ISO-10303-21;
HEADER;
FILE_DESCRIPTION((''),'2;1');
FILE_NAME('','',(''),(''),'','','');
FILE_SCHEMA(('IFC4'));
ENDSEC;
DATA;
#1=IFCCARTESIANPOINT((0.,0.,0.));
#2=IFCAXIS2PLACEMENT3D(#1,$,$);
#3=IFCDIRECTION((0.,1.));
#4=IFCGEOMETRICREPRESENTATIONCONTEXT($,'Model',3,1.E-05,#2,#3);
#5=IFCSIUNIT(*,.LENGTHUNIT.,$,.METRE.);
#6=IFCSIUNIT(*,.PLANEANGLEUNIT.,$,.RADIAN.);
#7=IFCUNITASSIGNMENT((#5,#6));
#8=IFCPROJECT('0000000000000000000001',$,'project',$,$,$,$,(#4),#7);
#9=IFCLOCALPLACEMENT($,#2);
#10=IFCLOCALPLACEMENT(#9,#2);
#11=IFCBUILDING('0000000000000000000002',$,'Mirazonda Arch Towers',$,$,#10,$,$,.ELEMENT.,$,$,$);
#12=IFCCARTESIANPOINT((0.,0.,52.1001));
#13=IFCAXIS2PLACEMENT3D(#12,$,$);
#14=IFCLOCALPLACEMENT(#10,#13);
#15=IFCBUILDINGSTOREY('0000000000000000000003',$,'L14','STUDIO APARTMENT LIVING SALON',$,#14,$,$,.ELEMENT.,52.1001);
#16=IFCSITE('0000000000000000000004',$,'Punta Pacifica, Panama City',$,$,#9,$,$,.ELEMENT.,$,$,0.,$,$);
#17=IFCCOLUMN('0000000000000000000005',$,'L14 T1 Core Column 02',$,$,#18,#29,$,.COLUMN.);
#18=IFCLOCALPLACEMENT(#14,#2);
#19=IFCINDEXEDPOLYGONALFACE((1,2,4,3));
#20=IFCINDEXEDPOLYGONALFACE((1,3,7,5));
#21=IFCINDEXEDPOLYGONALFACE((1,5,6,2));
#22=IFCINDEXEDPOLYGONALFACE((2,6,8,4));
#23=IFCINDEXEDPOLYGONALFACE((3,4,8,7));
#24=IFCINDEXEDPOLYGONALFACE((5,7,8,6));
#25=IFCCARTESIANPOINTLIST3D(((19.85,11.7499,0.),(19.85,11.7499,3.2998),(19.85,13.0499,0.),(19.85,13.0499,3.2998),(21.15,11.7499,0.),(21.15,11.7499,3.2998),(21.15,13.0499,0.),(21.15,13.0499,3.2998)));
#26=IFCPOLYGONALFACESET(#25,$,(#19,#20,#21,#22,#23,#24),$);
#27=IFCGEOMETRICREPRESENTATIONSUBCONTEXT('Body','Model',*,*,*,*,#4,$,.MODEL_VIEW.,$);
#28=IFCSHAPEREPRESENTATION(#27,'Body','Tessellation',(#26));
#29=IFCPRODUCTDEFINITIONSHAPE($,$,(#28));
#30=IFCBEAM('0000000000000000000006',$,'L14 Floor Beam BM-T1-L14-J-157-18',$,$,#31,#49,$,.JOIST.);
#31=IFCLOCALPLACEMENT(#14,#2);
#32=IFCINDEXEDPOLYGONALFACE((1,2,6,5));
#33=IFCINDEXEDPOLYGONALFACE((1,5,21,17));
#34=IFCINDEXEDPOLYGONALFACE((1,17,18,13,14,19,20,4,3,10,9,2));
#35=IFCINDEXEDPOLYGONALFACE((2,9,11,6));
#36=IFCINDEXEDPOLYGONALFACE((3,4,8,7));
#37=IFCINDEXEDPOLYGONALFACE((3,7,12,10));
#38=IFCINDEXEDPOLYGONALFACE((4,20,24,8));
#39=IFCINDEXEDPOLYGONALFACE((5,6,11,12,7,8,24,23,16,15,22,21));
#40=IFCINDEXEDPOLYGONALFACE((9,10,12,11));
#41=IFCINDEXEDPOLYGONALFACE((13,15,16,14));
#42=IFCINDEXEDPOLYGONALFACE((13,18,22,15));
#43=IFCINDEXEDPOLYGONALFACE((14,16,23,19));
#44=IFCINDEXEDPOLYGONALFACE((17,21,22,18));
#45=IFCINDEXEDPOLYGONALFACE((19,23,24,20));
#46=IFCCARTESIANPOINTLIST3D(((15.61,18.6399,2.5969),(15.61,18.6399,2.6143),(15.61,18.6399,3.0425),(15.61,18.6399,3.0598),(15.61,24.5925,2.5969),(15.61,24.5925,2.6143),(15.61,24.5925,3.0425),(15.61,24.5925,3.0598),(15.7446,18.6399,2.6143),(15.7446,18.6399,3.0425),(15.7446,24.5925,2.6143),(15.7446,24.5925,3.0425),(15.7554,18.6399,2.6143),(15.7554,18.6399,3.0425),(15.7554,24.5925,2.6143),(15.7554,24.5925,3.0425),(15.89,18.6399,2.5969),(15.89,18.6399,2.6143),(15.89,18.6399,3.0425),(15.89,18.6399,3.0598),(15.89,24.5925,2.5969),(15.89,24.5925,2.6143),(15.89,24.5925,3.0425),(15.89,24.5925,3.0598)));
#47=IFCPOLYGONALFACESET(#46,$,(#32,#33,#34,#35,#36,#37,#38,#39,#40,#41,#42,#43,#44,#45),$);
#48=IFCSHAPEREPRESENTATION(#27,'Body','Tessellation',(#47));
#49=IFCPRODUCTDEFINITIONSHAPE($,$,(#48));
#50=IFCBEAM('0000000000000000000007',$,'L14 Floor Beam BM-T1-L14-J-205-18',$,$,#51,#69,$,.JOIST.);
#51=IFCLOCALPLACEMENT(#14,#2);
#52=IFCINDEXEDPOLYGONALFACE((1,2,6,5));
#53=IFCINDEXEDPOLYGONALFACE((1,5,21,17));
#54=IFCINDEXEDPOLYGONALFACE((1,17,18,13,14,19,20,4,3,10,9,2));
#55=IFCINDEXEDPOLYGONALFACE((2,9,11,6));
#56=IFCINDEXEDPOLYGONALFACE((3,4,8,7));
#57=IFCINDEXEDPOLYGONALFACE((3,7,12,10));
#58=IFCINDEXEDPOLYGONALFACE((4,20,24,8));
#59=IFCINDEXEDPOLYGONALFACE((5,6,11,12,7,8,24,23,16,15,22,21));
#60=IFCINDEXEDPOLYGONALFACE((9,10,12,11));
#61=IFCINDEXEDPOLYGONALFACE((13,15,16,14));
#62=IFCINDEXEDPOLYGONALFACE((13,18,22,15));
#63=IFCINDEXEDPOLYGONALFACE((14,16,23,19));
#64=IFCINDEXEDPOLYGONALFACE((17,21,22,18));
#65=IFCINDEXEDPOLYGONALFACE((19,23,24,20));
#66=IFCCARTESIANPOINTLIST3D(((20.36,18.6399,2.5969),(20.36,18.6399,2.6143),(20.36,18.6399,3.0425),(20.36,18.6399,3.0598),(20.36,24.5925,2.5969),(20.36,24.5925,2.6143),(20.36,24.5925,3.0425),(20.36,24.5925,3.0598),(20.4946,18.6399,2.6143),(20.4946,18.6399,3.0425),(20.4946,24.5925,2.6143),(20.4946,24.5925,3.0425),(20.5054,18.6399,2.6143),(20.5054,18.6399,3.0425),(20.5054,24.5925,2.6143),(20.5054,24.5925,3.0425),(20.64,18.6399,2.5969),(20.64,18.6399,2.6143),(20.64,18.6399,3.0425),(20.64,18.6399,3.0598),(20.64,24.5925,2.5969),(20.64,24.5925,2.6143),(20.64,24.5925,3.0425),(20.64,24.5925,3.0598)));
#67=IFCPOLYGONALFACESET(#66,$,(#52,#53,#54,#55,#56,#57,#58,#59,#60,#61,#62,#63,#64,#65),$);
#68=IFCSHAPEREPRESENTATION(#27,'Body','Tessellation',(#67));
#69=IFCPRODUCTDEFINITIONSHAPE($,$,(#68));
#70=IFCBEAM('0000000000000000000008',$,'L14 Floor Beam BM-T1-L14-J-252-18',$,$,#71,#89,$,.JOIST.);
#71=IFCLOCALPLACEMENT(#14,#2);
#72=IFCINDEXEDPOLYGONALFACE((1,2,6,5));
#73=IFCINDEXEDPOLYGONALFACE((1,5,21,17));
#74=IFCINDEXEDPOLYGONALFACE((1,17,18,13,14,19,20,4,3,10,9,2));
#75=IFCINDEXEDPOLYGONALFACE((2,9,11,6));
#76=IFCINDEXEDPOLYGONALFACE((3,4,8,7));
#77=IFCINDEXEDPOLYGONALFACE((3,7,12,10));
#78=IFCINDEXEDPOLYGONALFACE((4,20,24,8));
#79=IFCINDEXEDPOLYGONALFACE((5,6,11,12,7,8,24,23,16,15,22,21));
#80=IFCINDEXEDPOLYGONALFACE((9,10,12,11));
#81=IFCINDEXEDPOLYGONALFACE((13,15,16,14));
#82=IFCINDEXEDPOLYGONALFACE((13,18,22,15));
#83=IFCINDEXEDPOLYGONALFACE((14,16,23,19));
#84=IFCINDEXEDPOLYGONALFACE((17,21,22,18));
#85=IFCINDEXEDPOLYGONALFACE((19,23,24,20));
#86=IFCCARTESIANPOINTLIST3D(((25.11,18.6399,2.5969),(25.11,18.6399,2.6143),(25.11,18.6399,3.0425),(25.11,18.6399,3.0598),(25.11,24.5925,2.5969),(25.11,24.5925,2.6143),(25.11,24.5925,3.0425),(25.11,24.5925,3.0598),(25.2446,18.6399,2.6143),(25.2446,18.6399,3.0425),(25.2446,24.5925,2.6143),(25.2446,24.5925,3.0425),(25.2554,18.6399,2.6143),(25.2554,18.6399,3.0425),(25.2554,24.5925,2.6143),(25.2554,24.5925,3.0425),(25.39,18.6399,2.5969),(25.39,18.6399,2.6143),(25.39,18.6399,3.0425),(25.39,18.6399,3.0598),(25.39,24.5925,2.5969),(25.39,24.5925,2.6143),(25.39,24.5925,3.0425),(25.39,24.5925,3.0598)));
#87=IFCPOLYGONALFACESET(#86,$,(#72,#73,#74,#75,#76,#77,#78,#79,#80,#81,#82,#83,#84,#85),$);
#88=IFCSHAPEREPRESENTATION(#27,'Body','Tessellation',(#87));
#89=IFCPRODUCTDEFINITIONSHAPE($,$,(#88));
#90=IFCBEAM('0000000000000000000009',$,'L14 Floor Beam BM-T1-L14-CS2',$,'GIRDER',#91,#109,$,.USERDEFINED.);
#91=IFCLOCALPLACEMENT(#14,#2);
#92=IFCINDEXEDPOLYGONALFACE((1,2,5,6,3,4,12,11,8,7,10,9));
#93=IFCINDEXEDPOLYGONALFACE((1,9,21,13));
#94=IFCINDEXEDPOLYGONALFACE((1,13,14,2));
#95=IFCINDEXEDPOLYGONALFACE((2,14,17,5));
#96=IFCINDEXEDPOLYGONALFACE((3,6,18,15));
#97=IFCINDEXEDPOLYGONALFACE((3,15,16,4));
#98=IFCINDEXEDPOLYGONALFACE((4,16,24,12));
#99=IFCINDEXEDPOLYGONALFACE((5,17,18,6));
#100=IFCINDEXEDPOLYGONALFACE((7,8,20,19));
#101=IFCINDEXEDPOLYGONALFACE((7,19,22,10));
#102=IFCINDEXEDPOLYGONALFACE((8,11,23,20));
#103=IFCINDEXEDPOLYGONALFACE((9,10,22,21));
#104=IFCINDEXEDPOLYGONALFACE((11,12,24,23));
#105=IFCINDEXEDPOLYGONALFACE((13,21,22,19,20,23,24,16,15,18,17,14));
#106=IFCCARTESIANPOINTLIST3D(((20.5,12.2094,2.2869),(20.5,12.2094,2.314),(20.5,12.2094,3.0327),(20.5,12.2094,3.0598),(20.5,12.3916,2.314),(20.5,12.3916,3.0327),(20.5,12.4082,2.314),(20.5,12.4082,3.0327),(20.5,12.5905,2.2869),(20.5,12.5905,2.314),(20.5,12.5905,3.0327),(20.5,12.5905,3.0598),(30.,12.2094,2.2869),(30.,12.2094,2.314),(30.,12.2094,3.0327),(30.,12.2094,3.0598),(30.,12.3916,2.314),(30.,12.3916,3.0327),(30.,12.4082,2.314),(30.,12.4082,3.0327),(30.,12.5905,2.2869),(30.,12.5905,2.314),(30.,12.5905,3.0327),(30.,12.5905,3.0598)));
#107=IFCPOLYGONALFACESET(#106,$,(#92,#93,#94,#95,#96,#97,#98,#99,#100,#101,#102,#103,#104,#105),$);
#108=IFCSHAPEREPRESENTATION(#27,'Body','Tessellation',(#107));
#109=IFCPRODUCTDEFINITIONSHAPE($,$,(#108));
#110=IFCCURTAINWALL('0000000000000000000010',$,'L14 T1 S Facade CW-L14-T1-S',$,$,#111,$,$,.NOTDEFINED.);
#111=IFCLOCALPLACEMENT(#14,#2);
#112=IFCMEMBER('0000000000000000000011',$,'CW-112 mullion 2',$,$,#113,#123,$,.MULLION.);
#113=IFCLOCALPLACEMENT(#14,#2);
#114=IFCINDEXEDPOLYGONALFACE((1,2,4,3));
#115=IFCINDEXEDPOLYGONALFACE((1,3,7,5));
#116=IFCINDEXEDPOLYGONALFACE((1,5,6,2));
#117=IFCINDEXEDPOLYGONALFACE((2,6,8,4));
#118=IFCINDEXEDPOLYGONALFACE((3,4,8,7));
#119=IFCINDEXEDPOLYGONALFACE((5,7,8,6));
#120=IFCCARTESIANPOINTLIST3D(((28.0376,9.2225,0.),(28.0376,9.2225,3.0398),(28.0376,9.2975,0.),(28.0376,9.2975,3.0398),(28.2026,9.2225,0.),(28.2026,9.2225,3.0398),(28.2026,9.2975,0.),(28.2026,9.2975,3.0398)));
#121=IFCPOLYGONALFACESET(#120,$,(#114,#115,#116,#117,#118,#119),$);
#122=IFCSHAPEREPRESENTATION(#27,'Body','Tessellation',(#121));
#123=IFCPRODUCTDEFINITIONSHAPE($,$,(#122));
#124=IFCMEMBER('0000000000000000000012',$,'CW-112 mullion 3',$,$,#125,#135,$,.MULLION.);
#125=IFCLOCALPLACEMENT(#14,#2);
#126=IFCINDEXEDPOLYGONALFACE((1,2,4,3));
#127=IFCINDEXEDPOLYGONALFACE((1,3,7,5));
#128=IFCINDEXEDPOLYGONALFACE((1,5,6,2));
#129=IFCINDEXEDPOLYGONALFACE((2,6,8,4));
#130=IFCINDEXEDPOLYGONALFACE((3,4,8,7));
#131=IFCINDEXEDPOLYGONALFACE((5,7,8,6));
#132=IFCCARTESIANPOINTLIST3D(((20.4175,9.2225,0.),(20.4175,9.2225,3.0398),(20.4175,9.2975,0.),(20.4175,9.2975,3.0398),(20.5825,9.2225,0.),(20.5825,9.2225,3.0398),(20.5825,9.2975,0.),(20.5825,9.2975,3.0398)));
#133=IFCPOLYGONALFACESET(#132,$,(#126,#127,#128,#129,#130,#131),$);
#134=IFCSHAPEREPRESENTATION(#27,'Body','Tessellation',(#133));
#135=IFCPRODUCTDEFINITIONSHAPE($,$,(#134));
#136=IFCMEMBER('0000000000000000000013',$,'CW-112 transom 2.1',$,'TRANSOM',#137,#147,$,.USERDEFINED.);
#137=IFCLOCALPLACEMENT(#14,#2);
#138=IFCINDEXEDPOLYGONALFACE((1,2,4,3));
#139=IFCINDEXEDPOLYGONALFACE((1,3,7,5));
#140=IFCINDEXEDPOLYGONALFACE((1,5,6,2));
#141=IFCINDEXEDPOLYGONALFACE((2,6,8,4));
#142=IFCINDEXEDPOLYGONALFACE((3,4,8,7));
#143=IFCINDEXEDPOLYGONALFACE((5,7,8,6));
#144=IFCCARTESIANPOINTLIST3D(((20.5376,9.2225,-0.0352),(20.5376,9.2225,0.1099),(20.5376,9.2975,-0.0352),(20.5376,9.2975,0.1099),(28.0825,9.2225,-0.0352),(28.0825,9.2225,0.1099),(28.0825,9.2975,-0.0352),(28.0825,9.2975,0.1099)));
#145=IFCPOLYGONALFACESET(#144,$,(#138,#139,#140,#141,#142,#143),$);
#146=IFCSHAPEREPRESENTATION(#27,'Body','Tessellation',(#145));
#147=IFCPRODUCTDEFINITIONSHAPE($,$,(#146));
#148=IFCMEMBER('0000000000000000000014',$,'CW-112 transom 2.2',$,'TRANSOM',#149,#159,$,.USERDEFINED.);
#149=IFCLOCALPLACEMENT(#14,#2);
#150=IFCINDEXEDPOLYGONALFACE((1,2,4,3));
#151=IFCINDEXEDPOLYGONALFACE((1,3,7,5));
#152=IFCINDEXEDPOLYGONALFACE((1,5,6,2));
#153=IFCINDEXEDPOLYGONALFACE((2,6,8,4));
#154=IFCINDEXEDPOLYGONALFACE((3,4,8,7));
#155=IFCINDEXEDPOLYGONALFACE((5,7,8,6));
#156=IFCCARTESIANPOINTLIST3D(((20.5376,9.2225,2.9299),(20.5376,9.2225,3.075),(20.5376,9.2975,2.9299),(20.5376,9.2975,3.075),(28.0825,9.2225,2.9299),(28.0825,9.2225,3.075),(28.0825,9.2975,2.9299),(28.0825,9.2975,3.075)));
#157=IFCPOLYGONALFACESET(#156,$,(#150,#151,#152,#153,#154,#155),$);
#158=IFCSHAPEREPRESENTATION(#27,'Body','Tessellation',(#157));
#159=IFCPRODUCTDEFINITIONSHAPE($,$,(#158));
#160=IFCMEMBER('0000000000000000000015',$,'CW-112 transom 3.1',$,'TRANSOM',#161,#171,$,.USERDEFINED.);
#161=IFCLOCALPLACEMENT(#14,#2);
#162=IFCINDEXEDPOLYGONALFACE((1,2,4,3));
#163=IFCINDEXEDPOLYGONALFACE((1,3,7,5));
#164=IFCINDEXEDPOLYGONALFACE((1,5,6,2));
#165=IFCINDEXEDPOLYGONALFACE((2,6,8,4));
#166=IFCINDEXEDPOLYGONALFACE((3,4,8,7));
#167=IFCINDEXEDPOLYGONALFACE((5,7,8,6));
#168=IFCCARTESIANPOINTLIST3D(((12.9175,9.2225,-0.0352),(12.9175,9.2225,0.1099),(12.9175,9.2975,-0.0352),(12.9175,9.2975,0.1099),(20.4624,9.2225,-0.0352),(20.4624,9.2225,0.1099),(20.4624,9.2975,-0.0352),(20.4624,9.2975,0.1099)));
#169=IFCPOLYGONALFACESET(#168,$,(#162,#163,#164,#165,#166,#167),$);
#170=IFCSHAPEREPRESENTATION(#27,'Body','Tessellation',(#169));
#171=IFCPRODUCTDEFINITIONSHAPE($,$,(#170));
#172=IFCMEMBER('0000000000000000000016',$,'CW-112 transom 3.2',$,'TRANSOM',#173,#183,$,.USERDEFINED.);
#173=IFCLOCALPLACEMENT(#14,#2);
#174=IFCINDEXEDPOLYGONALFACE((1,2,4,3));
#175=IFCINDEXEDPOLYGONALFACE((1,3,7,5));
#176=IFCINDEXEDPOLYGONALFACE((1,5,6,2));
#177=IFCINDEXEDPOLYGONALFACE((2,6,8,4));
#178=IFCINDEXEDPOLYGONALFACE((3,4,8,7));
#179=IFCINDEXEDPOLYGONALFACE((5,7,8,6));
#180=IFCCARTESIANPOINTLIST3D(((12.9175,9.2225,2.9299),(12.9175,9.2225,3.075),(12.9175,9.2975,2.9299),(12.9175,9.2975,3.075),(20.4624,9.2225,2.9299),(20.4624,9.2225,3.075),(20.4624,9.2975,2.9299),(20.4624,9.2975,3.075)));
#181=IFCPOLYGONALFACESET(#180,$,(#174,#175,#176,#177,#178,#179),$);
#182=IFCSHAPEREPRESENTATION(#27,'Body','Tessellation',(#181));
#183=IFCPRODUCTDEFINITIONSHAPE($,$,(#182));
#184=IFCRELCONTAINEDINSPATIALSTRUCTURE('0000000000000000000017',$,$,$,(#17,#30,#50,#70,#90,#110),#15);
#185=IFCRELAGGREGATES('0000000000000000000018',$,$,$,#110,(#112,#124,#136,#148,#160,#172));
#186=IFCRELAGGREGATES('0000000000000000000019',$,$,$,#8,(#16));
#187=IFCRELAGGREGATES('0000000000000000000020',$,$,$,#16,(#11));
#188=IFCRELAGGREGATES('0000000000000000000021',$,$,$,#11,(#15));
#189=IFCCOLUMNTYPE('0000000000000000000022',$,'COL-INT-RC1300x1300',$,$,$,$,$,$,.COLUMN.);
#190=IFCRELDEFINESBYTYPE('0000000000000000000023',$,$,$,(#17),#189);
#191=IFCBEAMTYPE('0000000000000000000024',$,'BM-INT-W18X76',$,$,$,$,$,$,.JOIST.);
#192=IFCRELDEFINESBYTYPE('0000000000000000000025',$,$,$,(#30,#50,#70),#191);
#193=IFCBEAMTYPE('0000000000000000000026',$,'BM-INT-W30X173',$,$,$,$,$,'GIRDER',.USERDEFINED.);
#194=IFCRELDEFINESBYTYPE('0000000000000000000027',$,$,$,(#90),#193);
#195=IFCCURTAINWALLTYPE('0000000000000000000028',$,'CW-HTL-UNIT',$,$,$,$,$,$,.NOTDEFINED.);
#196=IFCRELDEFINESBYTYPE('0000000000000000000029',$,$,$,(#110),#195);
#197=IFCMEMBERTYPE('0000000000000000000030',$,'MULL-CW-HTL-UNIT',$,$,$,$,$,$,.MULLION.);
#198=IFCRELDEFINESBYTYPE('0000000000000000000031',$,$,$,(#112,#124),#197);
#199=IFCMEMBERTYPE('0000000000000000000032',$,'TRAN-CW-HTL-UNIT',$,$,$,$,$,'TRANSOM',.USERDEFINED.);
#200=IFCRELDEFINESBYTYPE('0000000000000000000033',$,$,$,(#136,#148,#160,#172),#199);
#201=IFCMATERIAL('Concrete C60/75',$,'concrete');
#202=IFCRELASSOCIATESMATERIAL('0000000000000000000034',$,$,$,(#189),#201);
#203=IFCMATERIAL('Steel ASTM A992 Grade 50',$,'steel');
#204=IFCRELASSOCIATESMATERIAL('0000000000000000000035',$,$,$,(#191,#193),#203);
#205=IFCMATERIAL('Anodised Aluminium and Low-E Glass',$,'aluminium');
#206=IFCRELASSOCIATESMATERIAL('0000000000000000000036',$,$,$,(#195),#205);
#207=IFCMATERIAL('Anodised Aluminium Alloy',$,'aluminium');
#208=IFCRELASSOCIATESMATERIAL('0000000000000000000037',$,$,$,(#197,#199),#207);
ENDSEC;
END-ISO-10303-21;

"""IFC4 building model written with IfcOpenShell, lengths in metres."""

from ifc_helpers import new_model, si_unit, direction, frame, origin, origin_2d, place, context, subcontext, project, spatial, rectangle, i_section, extrude, material, material_profile, profile_set, type_object, element, aggregate, save


model = new_model("IFC4")

# Units and contexts
model_context = context("Model", 3, precision=1e-05, world=origin(), true_north=direction((0.0, 1.0)))
body_context = subcontext(model_context, "Body", "Model", "MODEL_VIEW")
ifc_project = project(units=[si_unit("LENGTHUNIT", "METRE"), si_unit("PLANEANGLEUNIT", "RADIAN")], contexts=[model_context])

# Site, building, storey
site_placement = place(None, origin())
site = spatial("IfcSite", under=ifc_project, at=site_placement, Name="Punta Pacifica, Panama City", CompositionType="ELEMENT", RefElevation=0.0)
building_placement = place(site_placement, origin())
building = spatial("IfcBuilding", under=site, at=building_placement, Name="Mirazonda Arch Towers", CompositionType="ELEMENT")
storey_placement = place(building_placement, frame((0.0, 0.0, 52.1001)))
storey = spatial("IfcBuildingStorey", under=building, at=storey_placement, Name="L14", Description="STUDIO APARTMENT LIVING SALON", CompositionType="ELEMENT", Elevation=52.1001)

# Column
ifc_material_1 = material(Name="Concrete C60/75", Category="concrete")
ifc_material_profile_1 = material_profile(ifc_material_1, rectangle(XDim=1.3, YDim=1.3, at=origin_2d()), Name="RC1300x1300")
ifc_profile_set_1 = profile_set([ifc_material_profile_1], Name="Concrete C60/75")
column_type = type_object("IfcColumnType", Name="COL-INT-RC1300x1300", PredefinedType="COLUMN", material=ifc_profile_set_1)
column_placement = place(storey_placement, frame((20.5, 12.3999, 0.0), z_axis=(0.0, 0.0, 1.0), x_axis=(1.0, 0.0, 0.0)))
element("IfcColumn", 1, at=column_placement, inside=storey, type_object=column_type, Name="L14 T1 Core Column 02", PredefinedType="COLUMN", context=body_context, shape_type="SweptSolid", body=[
    extrude(rectangle(XDim=1.3, YDim=1.3, at=origin_2d()), origin(), (0.0, 0.0, 1.0), 3.2998),
])

# Beams
ifc_material_2 = material(Name="Steel ASTM A992 Grade 50", Category="steel")
ifc_material_profile_2 = material_profile(ifc_material_2, i_section(OverallWidth=0.28, OverallDepth=0.4629, WebThickness=0.0107, FlangeThickness=0.0173, at=origin_2d()), Name="W18X76")
ifc_profile_set_2 = profile_set([ifc_material_profile_2], Name="Steel ASTM A992 Grade 50")
beam_type_1 = type_object("IfcBeamType", Name="BM-INT-W18X76", PredefinedType="JOIST", material=ifc_profile_set_2)
for number, where, z_axis, x_axis, name in (
    (2, (15.75, 18.6399, 2.8284), (0.0, 1.0, 0.0), (-1.0, 0.0, 0.0), "L14 Floor Beam BM-T1-L14-J-157-18"),
    (3, (20.5, 18.6399, 2.8284), (0.0, 1.0, 0.0), (-1.0, 0.0, 0.0), "L14 Floor Beam BM-T1-L14-J-205-18"),
    (4, (25.25, 18.6399, 2.8284), (0.0, 1.0, 0.0), (-1.0, 0.0, 0.0), "L14 Floor Beam BM-T1-L14-J-252-18"),
):
    element("IfcBeam", number, at=place(storey_placement, frame(where, z_axis=z_axis, x_axis=x_axis)), inside=storey, type_object=beam_type_1, Name=name, PredefinedType="JOIST", context=body_context, shape_type="SweptSolid", body=[
        extrude(i_section(OverallWidth=0.28, OverallDepth=0.4629, WebThickness=0.0107, FlangeThickness=0.0173, at=origin_2d()), origin(), (0.0, 0.0, 1.0), 5.9526),
    ])
ifc_material_profile_3 = material_profile(ifc_material_2, i_section(OverallWidth=0.3811, OverallDepth=0.7729, WebThickness=0.0166, FlangeThickness=0.0271, at=origin_2d()), Name="W30X173")
ifc_profile_set_3 = profile_set([ifc_material_profile_3], Name="Steel ASTM A992 Grade 50")
beam_type_2 = type_object("IfcBeamType", Name="BM-INT-W30X173", ElementType="GIRDER", PredefinedType="USERDEFINED", material=ifc_profile_set_3)
beam_placement = place(storey_placement, frame((20.5, 12.3999, 2.6733), z_axis=(1.0, 0.0, 0.0), x_axis=(0.0, 1.0, 0.0)))
element("IfcBeam", 5, at=beam_placement, inside=storey, type_object=beam_type_2, Name="L14 Floor Beam BM-T1-L14-CS2", ObjectType="GIRDER", PredefinedType="USERDEFINED", context=body_context, shape_type="SweptSolid", body=[
    extrude(i_section(OverallWidth=0.3811, OverallDepth=0.7729, WebThickness=0.0166, FlangeThickness=0.0271, at=origin_2d()), origin(), (0.0, 0.0, 1.0), 9.5),
])

# Curtain wall, members
ifc_material_3 = material(Name="Anodised Aluminium and Low-E Glass", Category="aluminium")
curtain_wall_type = type_object("IfcCurtainWallType", Name="CW-HTL-UNIT", PredefinedType="NOTDEFINED", material=ifc_material_3)
curtain_wall_placement = place(storey_placement, origin())
curtain_wall = element("IfcCurtainWall", 6, at=curtain_wall_placement, inside=storey, type_object=curtain_wall_type, Name="L14 T1 S Facade CW-L14-T1-S", PredefinedType="NOTDEFINED")
ifc_material_4 = material(Name="Anodised Aluminium Alloy", Category="aluminium")
ifc_material_profile_4 = material_profile(ifc_material_4, rectangle(XDim=0.075, YDim=0.165, at=origin_2d()), Name="ALU-MULL-75x165")
ifc_profile_set_4 = profile_set([ifc_material_profile_4], Name="Anodised Aluminium Alloy")
member_type_1 = type_object("IfcMemberType", Name="MULL-CW-HTL-UNIT", PredefinedType="MULLION", material=ifc_profile_set_4)
member_1_placement = place(storey_placement, frame((28.1201, 9.26, 0.0), z_axis=(0.0, 0.0, 1.0), x_axis=(0.0, -1.0, 0.0)))
member_1 = element("IfcMember", 7, at=member_1_placement, type_object=member_type_1, Name="CW-112 mullion 2", PredefinedType="MULLION", context=body_context, shape_type="SweptSolid", body=[
    extrude(rectangle(XDim=0.075, YDim=0.165, at=origin_2d()), origin(), (0.0, 0.0, 1.0), 3.0398),
])
member_2_placement = place(storey_placement, frame((20.5, 9.26, 0.0), z_axis=(0.0, 0.0, 1.0), x_axis=(0.0, -1.0, 0.0)))
member_2 = element("IfcMember", 8, at=member_2_placement, type_object=member_type_1, Name="CW-112 mullion 3", PredefinedType="MULLION", context=body_context, shape_type="SweptSolid", body=[
    extrude(rectangle(XDim=0.075, YDim=0.165, at=origin_2d()), origin(), (0.0, 0.0, 1.0), 3.0398),
])
ifc_material_profile_5 = material_profile(ifc_material_4, rectangle(XDim=0.075, YDim=0.145, at=origin_2d()), Name="ALU-TRAN-75x145")
ifc_profile_set_5 = profile_set([ifc_material_profile_5], Name="Anodised Aluminium Alloy")
member_type_2 = type_object("IfcMemberType", Name="TRAN-CW-HTL-UNIT", ElementType="TRANSOM", PredefinedType="USERDEFINED", material=ifc_profile_set_5)
member_3_placement = place(storey_placement, frame((28.0825, 9.26, 0.0374), z_axis=(-1.0, 0.0, 0.0), x_axis=(0.0, -1.0, 0.0)))
member_3 = element("IfcMember", 9, at=member_3_placement, type_object=member_type_2, Name="CW-112 transom 2.1", ObjectType="TRANSOM", PredefinedType="USERDEFINED", context=body_context, shape_type="SweptSolid", body=[
    extrude(rectangle(XDim=0.075, YDim=0.145, at=origin_2d()), origin(), (0.0, 0.0, 1.0), 7.5449),
])
member_4_placement = place(storey_placement, frame((28.0825, 9.26, 3.0024), z_axis=(-1.0, 0.0, 0.0), x_axis=(0.0, -1.0, 0.0)))
member_4 = element("IfcMember", 10, at=member_4_placement, type_object=member_type_2, Name="CW-112 transom 2.2", ObjectType="TRANSOM", PredefinedType="USERDEFINED", context=body_context, shape_type="SweptSolid", body=[
    extrude(rectangle(XDim=0.075, YDim=0.145, at=origin_2d()), origin(), (0.0, 0.0, 1.0), 7.5449),
])
member_5_placement = place(storey_placement, frame((20.4624, 9.26, 0.0374), z_axis=(-1.0, 0.0, 0.0), x_axis=(0.0, -1.0, 0.0)))
member_5 = element("IfcMember", 11, at=member_5_placement, type_object=member_type_2, Name="CW-112 transom 3.1", ObjectType="TRANSOM", PredefinedType="USERDEFINED", context=body_context, shape_type="SweptSolid", body=[
    extrude(rectangle(XDim=0.075, YDim=0.145, at=origin_2d()), origin(), (0.0, 0.0, 1.0), 7.5449),
])
member_6_placement = place(storey_placement, frame((20.4624, 9.26, 3.0024), z_axis=(-1.0, 0.0, 0.0), x_axis=(0.0, -1.0, 0.0)))
member_6 = element("IfcMember", 12, at=member_6_placement, type_object=member_type_2, Name="CW-112 transom 3.2", ObjectType="TRANSOM", PredefinedType="USERDEFINED", context=body_context, shape_type="SweptSolid", body=[
    extrude(rectangle(XDim=0.075, YDim=0.145, at=origin_2d()), origin(), (0.0, 0.0, 1.0), 7.5449),
])
aggregate(curtain_wall, [member_1, member_2, member_3, member_4, member_5, member_6])

save(model, "model.ifc")
